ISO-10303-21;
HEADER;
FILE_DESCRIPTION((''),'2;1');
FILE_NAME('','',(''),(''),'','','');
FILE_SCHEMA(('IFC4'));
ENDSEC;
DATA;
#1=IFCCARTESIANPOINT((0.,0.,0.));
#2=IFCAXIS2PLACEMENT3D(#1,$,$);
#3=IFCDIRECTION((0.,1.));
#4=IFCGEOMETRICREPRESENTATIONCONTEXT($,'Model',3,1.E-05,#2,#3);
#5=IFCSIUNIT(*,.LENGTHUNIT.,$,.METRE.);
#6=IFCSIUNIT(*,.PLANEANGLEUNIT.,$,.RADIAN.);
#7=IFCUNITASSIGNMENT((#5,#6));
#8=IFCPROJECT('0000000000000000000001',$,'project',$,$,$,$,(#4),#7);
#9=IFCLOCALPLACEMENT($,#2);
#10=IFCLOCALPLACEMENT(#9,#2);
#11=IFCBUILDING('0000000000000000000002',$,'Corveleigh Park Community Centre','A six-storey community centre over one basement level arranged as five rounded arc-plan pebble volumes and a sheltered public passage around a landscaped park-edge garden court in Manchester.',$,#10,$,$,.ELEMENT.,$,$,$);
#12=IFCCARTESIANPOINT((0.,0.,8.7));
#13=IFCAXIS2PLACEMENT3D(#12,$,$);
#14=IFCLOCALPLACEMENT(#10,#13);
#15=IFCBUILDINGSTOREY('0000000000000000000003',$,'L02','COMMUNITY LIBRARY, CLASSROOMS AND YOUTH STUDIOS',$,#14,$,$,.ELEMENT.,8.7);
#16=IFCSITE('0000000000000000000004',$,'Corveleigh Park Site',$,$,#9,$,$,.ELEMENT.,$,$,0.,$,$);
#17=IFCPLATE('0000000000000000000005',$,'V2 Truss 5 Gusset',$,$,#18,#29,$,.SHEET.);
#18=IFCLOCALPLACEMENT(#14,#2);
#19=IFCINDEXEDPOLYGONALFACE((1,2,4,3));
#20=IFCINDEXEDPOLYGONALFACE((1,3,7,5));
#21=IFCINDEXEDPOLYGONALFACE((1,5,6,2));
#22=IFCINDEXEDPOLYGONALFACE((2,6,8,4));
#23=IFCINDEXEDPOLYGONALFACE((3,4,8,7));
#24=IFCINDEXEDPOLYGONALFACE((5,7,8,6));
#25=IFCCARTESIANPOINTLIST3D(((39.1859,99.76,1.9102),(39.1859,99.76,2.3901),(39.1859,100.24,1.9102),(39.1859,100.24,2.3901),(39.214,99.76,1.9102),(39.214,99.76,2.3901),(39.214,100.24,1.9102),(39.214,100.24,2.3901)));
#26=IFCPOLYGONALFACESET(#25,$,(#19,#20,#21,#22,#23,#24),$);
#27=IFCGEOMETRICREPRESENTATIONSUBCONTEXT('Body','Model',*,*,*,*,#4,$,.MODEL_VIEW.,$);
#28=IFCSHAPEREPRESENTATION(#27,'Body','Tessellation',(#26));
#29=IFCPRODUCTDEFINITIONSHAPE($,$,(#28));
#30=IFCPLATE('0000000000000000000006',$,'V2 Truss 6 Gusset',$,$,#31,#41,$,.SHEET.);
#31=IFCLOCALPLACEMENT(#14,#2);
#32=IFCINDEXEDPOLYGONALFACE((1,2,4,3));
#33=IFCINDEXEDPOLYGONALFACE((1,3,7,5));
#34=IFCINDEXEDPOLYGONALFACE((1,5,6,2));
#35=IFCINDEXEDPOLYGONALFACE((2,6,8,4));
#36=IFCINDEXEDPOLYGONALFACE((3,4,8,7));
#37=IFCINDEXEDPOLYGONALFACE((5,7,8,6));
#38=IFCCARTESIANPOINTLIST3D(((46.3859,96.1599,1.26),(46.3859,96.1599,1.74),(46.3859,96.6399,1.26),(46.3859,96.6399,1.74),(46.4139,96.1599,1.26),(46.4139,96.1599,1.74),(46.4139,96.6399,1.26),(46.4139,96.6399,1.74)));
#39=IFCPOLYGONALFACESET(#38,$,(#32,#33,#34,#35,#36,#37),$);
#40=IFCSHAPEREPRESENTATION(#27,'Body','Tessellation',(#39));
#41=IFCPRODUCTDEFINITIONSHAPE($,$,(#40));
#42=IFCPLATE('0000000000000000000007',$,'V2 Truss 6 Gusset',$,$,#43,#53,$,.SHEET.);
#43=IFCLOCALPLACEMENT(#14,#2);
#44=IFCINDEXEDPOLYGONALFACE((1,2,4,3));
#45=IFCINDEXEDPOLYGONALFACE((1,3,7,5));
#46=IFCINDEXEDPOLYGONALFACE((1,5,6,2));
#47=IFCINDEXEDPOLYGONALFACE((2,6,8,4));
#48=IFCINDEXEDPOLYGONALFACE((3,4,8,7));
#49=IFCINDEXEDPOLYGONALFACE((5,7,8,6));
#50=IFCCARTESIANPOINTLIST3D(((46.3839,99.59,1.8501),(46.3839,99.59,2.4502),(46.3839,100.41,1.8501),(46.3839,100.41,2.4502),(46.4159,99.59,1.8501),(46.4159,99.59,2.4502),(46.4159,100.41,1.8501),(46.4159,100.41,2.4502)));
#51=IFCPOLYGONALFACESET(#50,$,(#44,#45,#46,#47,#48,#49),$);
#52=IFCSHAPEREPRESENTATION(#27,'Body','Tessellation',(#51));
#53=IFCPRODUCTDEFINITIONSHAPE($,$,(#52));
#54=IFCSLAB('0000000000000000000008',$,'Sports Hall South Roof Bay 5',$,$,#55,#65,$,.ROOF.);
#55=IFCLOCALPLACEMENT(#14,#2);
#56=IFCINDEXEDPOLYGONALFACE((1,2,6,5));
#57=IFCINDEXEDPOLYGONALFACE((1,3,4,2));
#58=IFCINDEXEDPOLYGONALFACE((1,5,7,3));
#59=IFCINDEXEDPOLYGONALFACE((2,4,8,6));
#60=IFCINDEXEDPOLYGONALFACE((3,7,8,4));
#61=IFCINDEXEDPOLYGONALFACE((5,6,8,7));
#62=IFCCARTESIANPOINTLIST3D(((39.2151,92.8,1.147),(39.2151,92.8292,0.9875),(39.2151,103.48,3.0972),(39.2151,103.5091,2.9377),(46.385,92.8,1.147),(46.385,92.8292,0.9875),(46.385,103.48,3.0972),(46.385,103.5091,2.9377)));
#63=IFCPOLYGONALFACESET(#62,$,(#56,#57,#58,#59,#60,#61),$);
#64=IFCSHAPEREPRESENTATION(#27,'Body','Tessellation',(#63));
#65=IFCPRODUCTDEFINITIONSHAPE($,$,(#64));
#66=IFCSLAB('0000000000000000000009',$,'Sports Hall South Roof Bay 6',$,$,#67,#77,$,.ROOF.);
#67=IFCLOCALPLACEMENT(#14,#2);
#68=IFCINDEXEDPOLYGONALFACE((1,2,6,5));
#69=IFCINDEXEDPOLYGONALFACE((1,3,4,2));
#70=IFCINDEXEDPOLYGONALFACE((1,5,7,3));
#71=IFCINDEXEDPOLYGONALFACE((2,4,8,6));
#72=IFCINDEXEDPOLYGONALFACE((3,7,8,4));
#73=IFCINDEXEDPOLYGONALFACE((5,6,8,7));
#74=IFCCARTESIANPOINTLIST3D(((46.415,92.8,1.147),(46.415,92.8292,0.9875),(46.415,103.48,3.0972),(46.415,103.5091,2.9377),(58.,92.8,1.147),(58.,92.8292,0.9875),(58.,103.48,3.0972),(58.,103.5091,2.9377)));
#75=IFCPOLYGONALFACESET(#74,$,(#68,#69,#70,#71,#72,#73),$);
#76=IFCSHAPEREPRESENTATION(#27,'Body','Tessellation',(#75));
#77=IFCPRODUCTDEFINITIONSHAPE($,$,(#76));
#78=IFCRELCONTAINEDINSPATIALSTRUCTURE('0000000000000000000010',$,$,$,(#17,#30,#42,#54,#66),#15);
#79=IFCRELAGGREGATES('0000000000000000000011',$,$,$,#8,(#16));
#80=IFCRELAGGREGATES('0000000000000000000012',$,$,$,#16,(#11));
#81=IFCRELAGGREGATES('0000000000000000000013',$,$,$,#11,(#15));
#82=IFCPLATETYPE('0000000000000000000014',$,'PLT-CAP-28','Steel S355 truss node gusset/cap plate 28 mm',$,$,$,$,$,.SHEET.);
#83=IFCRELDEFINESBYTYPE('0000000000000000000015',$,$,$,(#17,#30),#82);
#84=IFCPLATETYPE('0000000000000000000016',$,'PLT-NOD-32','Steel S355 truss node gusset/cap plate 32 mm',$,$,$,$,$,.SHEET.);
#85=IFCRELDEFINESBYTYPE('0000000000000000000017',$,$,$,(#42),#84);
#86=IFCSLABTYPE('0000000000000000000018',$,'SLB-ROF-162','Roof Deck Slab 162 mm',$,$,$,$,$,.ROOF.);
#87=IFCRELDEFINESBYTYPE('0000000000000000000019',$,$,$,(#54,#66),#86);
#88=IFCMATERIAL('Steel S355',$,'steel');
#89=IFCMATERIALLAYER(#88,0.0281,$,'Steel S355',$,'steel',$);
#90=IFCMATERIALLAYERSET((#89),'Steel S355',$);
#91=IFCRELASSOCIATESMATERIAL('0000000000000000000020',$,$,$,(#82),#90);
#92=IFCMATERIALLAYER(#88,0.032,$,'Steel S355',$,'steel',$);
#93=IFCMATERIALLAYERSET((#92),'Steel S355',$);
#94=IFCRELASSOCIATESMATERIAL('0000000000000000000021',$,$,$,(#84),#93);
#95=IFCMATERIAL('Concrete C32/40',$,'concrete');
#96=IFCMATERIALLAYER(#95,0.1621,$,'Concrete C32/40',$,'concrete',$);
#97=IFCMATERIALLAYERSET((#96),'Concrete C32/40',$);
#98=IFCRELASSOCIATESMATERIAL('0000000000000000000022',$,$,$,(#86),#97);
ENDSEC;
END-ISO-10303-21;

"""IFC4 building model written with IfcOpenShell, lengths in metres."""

from ifc_helpers import new_model, si_unit, direction, frame, origin, origin_2d, place, context, subcontext, project, spatial, polyline, rectangle, outline, extrude, material, layer, layer_set, type_object, element, save


model = new_model("IFC4")

# Units and contexts
model_context = context("Model", 3, precision=1e-05, world=origin(), true_north=direction((0.0, 1.0)))
body_context = subcontext(model_context, "Body", "Model", "MODEL_VIEW")
ifc_project = project(units=[si_unit("LENGTHUNIT", "METRE"), si_unit("PLANEANGLEUNIT", "RADIAN")], contexts=[model_context])

# Site, building, storey
site_placement = place(None, origin())
site = spatial("IfcSite", under=ifc_project, at=site_placement, Name="Corveleigh Park Site", CompositionType="ELEMENT", RefElevation=0.0)
building_placement = place(site_placement, origin())
building = spatial("IfcBuilding", under=site, at=building_placement, Name="Corveleigh Park Community Centre", Description="A six-storey community centre over one basement level arranged as five rounded arc-plan pebble volumes and a sheltered public passage around a landscaped park-edge garden court in Manchester.", CompositionType="ELEMENT")
storey_placement = place(building_placement, frame((0.0, 0.0, 8.7)))
storey = spatial("IfcBuildingStorey", under=building, at=storey_placement, Name="L02", Description="COMMUNITY LIBRARY, CLASSROOMS AND YOUTH STUDIOS", CompositionType="ELEMENT", Elevation=8.7)

# Shared definitions
ifc_material_1 = material(Name="Steel S355", Category="steel")

# Plates
ifc_layer_1 = layer(ifc_material_1, 0.0281, Name="Steel S355", Category="steel")
ifc_layer_set_1 = layer_set([ifc_layer_1], Name="Steel S355")
plate_type_1 = type_object("IfcPlateType", Name="PLT-CAP-28", Description="Steel S355 truss node gusset/cap plate 28 mm", PredefinedType="SHEET", material=ifc_layer_set_1)
for number, where, z_axis, x_axis, name in (
    (1, (39.2, 100.0, 1.9102), (0.0, 0.0, 1.0), (0.0, 1.0, 0.0), "V2 Truss 5 Gusset"),
    (2, (46.3999, 96.3999, 1.26), (0.0, 0.0, 1.0), (0.0, 1.0, 0.0), "V2 Truss 6 Gusset"),
):
    element("IfcPlate", number, at=place(storey_placement, frame(where, z_axis=z_axis, x_axis=x_axis)), inside=storey, type_object=plate_type_1, Name=name, PredefinedType="SHEET", context=body_context, shape_type="SweptSolid", body=[
        extrude(rectangle(XDim=0.48, YDim=0.0281, at=origin_2d()), origin(), (0.0, 0.0, 1.0), 0.48),
    ])
ifc_layer_2 = layer(ifc_material_1, 0.032, Name="Steel S355", Category="steel")
ifc_layer_set_2 = layer_set([ifc_layer_2], Name="Steel S355")
plate_type_2 = type_object("IfcPlateType", Name="PLT-NOD-32", Description="Steel S355 truss node gusset/cap plate 32 mm", PredefinedType="SHEET", material=ifc_layer_set_2)
plate_1_placement = place(storey_placement, frame((46.3999, 100.0, 1.8501), z_axis=(0.0, 0.0, 1.0), x_axis=(0.0, 1.0, 0.0)))
element("IfcPlate", 3, at=plate_1_placement, inside=storey, type_object=plate_type_2, Name="V2 Truss 6 Gusset", PredefinedType="SHEET", context=body_context, shape_type="SweptSolid", body=[
    extrude(rectangle(XDim=0.8201, YDim=0.032, at=origin_2d()), origin(), (0.0, 0.0, 1.0), 0.6001),
])

# Slabs
ifc_material_2 = material(Name="Concrete C32/40", Category="concrete")
ifc_layer_3 = layer(ifc_material_2, 0.1621, Name="Concrete C32/40", Category="concrete")
ifc_layer_set_3 = layer_set([ifc_layer_3], Name="Concrete C32/40")
slab_type = type_object("IfcSlabType", Name="SLB-ROF-162", Description="Roof Deck Slab 162 mm", PredefinedType="ROOF", material=ifc_layer_set_3)
slab_1_placement = place(storey_placement, frame((39.2151, 92.8, 1.147), z_axis=(0.0, -0.179633, 0.983734), x_axis=(1.0, 0.0, 0.0)))
element("IfcSlab", 4, at=slab_1_placement, inside=storey, type_object=slab_type, Name="Sports Hall South Roof Bay 5", PredefinedType="ROOF", context=body_context, shape_type="SweptSolid", body=[
    extrude(outline(polyline([(0.0, 0.0), (7.1699, 0.0), (7.1699, 10.8565), (0.0, 10.8565), (0.0, 0.0)])), origin(), (0.0, 0.0, -1.0), 0.1621),
])
slab_2_placement = place(storey_placement, frame((46.415, 92.8, 1.147), z_axis=(0.0, -0.179633, 0.983734), x_axis=(1.0, 0.0, 0.0)))
element("IfcSlab", 5, at=slab_2_placement, inside=storey, type_object=slab_type, Name="Sports Hall South Roof Bay 6", PredefinedType="ROOF", context=body_context, shape_type="SweptSolid", body=[
    extrude(outline(polyline([(0.0, 0.0), (11.585, 0.0), (11.585, 10.8565), (0.0, 10.8565), (0.0, 0.0)])), origin(), (0.0, 0.0, -1.0), 0.1621),
])

save(model, "model.ifc")
